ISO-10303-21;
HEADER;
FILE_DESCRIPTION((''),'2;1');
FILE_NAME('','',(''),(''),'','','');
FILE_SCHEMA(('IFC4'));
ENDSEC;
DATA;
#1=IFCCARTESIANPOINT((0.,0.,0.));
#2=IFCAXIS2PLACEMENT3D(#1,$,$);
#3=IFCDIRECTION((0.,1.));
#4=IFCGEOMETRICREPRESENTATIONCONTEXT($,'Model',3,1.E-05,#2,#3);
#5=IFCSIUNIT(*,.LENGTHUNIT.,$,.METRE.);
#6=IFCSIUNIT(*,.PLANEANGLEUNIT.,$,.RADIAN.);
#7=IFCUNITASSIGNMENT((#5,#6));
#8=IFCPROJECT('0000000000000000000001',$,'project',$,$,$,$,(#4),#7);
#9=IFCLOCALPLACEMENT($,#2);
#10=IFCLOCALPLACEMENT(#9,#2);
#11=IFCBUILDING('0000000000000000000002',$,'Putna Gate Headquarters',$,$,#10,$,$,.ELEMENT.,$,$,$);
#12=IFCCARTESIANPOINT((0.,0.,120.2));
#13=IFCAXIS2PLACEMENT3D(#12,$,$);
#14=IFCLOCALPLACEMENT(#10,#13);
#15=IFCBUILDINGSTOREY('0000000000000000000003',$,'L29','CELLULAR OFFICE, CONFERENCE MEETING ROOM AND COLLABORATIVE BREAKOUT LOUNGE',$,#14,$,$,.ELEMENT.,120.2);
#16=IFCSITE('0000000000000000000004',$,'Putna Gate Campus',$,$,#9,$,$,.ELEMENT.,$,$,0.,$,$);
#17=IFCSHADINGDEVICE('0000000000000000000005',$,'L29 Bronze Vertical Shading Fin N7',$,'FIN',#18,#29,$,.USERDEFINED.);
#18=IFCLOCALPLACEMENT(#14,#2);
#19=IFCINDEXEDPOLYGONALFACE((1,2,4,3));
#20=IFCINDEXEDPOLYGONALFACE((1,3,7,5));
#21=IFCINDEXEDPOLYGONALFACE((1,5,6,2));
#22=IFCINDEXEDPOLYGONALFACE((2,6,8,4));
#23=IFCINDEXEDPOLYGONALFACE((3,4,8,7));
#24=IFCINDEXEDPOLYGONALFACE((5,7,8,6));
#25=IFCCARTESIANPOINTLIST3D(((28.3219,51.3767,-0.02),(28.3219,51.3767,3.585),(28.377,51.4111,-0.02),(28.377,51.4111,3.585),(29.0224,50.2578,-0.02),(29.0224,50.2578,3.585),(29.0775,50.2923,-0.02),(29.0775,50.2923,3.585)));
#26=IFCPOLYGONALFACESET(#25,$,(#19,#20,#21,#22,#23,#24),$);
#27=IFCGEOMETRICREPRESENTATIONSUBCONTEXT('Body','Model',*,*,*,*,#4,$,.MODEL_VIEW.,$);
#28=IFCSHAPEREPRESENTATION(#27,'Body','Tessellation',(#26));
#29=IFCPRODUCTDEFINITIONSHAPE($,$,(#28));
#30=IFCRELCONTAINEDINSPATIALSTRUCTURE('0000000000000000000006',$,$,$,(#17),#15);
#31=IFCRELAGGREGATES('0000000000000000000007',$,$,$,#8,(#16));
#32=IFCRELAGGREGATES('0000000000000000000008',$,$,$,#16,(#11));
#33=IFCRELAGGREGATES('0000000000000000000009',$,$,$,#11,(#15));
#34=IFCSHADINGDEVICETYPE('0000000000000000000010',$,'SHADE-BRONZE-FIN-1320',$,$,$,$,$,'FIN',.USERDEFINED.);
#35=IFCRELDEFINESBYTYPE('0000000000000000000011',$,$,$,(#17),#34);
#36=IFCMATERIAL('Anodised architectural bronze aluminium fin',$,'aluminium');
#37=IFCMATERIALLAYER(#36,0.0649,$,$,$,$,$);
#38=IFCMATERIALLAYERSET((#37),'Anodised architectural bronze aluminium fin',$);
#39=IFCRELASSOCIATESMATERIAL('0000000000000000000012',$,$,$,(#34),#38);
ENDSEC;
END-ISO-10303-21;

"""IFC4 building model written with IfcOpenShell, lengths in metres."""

from ifc_helpers import new_model, si_unit, direction, frame, origin, origin_2d, place, context, subcontext, project, spatial, rectangle, extrude, material, layer, layer_set, type_object, element, save


model = new_model("IFC4")

# Units and contexts
model_context = context("Model", 3, precision=1e-05, world=origin(), true_north=direction((0.0, 1.0)))
body_context = subcontext(model_context, "Body", "Model", "MODEL_VIEW")
ifc_project = project(units=[si_unit("LENGTHUNIT", "METRE"), si_unit("PLANEANGLEUNIT", "RADIAN")], contexts=[model_context])

# Site, building, storey
site_placement = place(None, origin())
site = spatial("IfcSite", under=ifc_project, at=site_placement, Name="Putna Gate Campus", CompositionType="ELEMENT", RefElevation=0.0)
building_placement = place(site_placement, origin())
building = spatial("IfcBuilding", under=site, at=building_placement, Name="Putna Gate Headquarters", CompositionType="ELEMENT")
storey_placement = place(building_placement, frame((0.0, 0.0, 120.2)))
storey = spatial("IfcBuildingStorey", under=building, at=storey_placement, Name="L29", Description="CELLULAR OFFICE, CONFERENCE MEETING ROOM AND COLLABORATIVE BREAKOUT LOUNGE", CompositionType="ELEMENT", Elevation=120.2)

# Shading device
ifc_material_1 = material(Name="Anodised architectural bronze aluminium fin", Category="aluminium")
ifc_layer_1 = layer(ifc_material_1, 0.0649)
ifc_layer_set_1 = layer_set([ifc_layer_1], Name="Anodised architectural bronze aluminium fin")
shading_device_type = type_object("IfcShadingDeviceType", Name="SHADE-BRONZE-FIN-1320", ElementType="FIN", PredefinedType="USERDEFINED", material=ifc_layer_set_1)
for number, where, z_axis, x_axis, name in (
    (1, (28.6997, 50.8345, -0.02), (0.0, 0.0, 1.0), (-0.530659, 0.847585, 0.0), "L29 Bronze Vertical Shading Fin N7"),
):
    element("IfcShadingDevice", number, at=place(storey_placement, frame(where, z_axis=z_axis, x_axis=x_axis)), inside=storey, type_object=shading_device_type, Name=name, ObjectType="FIN", PredefinedType="USERDEFINED", context=body_context, shape_type="SweptSolid", body=[
        extrude(rectangle(XDim=1.3201, YDim=0.0649, at=origin_2d()), origin(), (0.0, 0.0, 1.0), 3.605),
    ])

save(model, "model.ifc")
